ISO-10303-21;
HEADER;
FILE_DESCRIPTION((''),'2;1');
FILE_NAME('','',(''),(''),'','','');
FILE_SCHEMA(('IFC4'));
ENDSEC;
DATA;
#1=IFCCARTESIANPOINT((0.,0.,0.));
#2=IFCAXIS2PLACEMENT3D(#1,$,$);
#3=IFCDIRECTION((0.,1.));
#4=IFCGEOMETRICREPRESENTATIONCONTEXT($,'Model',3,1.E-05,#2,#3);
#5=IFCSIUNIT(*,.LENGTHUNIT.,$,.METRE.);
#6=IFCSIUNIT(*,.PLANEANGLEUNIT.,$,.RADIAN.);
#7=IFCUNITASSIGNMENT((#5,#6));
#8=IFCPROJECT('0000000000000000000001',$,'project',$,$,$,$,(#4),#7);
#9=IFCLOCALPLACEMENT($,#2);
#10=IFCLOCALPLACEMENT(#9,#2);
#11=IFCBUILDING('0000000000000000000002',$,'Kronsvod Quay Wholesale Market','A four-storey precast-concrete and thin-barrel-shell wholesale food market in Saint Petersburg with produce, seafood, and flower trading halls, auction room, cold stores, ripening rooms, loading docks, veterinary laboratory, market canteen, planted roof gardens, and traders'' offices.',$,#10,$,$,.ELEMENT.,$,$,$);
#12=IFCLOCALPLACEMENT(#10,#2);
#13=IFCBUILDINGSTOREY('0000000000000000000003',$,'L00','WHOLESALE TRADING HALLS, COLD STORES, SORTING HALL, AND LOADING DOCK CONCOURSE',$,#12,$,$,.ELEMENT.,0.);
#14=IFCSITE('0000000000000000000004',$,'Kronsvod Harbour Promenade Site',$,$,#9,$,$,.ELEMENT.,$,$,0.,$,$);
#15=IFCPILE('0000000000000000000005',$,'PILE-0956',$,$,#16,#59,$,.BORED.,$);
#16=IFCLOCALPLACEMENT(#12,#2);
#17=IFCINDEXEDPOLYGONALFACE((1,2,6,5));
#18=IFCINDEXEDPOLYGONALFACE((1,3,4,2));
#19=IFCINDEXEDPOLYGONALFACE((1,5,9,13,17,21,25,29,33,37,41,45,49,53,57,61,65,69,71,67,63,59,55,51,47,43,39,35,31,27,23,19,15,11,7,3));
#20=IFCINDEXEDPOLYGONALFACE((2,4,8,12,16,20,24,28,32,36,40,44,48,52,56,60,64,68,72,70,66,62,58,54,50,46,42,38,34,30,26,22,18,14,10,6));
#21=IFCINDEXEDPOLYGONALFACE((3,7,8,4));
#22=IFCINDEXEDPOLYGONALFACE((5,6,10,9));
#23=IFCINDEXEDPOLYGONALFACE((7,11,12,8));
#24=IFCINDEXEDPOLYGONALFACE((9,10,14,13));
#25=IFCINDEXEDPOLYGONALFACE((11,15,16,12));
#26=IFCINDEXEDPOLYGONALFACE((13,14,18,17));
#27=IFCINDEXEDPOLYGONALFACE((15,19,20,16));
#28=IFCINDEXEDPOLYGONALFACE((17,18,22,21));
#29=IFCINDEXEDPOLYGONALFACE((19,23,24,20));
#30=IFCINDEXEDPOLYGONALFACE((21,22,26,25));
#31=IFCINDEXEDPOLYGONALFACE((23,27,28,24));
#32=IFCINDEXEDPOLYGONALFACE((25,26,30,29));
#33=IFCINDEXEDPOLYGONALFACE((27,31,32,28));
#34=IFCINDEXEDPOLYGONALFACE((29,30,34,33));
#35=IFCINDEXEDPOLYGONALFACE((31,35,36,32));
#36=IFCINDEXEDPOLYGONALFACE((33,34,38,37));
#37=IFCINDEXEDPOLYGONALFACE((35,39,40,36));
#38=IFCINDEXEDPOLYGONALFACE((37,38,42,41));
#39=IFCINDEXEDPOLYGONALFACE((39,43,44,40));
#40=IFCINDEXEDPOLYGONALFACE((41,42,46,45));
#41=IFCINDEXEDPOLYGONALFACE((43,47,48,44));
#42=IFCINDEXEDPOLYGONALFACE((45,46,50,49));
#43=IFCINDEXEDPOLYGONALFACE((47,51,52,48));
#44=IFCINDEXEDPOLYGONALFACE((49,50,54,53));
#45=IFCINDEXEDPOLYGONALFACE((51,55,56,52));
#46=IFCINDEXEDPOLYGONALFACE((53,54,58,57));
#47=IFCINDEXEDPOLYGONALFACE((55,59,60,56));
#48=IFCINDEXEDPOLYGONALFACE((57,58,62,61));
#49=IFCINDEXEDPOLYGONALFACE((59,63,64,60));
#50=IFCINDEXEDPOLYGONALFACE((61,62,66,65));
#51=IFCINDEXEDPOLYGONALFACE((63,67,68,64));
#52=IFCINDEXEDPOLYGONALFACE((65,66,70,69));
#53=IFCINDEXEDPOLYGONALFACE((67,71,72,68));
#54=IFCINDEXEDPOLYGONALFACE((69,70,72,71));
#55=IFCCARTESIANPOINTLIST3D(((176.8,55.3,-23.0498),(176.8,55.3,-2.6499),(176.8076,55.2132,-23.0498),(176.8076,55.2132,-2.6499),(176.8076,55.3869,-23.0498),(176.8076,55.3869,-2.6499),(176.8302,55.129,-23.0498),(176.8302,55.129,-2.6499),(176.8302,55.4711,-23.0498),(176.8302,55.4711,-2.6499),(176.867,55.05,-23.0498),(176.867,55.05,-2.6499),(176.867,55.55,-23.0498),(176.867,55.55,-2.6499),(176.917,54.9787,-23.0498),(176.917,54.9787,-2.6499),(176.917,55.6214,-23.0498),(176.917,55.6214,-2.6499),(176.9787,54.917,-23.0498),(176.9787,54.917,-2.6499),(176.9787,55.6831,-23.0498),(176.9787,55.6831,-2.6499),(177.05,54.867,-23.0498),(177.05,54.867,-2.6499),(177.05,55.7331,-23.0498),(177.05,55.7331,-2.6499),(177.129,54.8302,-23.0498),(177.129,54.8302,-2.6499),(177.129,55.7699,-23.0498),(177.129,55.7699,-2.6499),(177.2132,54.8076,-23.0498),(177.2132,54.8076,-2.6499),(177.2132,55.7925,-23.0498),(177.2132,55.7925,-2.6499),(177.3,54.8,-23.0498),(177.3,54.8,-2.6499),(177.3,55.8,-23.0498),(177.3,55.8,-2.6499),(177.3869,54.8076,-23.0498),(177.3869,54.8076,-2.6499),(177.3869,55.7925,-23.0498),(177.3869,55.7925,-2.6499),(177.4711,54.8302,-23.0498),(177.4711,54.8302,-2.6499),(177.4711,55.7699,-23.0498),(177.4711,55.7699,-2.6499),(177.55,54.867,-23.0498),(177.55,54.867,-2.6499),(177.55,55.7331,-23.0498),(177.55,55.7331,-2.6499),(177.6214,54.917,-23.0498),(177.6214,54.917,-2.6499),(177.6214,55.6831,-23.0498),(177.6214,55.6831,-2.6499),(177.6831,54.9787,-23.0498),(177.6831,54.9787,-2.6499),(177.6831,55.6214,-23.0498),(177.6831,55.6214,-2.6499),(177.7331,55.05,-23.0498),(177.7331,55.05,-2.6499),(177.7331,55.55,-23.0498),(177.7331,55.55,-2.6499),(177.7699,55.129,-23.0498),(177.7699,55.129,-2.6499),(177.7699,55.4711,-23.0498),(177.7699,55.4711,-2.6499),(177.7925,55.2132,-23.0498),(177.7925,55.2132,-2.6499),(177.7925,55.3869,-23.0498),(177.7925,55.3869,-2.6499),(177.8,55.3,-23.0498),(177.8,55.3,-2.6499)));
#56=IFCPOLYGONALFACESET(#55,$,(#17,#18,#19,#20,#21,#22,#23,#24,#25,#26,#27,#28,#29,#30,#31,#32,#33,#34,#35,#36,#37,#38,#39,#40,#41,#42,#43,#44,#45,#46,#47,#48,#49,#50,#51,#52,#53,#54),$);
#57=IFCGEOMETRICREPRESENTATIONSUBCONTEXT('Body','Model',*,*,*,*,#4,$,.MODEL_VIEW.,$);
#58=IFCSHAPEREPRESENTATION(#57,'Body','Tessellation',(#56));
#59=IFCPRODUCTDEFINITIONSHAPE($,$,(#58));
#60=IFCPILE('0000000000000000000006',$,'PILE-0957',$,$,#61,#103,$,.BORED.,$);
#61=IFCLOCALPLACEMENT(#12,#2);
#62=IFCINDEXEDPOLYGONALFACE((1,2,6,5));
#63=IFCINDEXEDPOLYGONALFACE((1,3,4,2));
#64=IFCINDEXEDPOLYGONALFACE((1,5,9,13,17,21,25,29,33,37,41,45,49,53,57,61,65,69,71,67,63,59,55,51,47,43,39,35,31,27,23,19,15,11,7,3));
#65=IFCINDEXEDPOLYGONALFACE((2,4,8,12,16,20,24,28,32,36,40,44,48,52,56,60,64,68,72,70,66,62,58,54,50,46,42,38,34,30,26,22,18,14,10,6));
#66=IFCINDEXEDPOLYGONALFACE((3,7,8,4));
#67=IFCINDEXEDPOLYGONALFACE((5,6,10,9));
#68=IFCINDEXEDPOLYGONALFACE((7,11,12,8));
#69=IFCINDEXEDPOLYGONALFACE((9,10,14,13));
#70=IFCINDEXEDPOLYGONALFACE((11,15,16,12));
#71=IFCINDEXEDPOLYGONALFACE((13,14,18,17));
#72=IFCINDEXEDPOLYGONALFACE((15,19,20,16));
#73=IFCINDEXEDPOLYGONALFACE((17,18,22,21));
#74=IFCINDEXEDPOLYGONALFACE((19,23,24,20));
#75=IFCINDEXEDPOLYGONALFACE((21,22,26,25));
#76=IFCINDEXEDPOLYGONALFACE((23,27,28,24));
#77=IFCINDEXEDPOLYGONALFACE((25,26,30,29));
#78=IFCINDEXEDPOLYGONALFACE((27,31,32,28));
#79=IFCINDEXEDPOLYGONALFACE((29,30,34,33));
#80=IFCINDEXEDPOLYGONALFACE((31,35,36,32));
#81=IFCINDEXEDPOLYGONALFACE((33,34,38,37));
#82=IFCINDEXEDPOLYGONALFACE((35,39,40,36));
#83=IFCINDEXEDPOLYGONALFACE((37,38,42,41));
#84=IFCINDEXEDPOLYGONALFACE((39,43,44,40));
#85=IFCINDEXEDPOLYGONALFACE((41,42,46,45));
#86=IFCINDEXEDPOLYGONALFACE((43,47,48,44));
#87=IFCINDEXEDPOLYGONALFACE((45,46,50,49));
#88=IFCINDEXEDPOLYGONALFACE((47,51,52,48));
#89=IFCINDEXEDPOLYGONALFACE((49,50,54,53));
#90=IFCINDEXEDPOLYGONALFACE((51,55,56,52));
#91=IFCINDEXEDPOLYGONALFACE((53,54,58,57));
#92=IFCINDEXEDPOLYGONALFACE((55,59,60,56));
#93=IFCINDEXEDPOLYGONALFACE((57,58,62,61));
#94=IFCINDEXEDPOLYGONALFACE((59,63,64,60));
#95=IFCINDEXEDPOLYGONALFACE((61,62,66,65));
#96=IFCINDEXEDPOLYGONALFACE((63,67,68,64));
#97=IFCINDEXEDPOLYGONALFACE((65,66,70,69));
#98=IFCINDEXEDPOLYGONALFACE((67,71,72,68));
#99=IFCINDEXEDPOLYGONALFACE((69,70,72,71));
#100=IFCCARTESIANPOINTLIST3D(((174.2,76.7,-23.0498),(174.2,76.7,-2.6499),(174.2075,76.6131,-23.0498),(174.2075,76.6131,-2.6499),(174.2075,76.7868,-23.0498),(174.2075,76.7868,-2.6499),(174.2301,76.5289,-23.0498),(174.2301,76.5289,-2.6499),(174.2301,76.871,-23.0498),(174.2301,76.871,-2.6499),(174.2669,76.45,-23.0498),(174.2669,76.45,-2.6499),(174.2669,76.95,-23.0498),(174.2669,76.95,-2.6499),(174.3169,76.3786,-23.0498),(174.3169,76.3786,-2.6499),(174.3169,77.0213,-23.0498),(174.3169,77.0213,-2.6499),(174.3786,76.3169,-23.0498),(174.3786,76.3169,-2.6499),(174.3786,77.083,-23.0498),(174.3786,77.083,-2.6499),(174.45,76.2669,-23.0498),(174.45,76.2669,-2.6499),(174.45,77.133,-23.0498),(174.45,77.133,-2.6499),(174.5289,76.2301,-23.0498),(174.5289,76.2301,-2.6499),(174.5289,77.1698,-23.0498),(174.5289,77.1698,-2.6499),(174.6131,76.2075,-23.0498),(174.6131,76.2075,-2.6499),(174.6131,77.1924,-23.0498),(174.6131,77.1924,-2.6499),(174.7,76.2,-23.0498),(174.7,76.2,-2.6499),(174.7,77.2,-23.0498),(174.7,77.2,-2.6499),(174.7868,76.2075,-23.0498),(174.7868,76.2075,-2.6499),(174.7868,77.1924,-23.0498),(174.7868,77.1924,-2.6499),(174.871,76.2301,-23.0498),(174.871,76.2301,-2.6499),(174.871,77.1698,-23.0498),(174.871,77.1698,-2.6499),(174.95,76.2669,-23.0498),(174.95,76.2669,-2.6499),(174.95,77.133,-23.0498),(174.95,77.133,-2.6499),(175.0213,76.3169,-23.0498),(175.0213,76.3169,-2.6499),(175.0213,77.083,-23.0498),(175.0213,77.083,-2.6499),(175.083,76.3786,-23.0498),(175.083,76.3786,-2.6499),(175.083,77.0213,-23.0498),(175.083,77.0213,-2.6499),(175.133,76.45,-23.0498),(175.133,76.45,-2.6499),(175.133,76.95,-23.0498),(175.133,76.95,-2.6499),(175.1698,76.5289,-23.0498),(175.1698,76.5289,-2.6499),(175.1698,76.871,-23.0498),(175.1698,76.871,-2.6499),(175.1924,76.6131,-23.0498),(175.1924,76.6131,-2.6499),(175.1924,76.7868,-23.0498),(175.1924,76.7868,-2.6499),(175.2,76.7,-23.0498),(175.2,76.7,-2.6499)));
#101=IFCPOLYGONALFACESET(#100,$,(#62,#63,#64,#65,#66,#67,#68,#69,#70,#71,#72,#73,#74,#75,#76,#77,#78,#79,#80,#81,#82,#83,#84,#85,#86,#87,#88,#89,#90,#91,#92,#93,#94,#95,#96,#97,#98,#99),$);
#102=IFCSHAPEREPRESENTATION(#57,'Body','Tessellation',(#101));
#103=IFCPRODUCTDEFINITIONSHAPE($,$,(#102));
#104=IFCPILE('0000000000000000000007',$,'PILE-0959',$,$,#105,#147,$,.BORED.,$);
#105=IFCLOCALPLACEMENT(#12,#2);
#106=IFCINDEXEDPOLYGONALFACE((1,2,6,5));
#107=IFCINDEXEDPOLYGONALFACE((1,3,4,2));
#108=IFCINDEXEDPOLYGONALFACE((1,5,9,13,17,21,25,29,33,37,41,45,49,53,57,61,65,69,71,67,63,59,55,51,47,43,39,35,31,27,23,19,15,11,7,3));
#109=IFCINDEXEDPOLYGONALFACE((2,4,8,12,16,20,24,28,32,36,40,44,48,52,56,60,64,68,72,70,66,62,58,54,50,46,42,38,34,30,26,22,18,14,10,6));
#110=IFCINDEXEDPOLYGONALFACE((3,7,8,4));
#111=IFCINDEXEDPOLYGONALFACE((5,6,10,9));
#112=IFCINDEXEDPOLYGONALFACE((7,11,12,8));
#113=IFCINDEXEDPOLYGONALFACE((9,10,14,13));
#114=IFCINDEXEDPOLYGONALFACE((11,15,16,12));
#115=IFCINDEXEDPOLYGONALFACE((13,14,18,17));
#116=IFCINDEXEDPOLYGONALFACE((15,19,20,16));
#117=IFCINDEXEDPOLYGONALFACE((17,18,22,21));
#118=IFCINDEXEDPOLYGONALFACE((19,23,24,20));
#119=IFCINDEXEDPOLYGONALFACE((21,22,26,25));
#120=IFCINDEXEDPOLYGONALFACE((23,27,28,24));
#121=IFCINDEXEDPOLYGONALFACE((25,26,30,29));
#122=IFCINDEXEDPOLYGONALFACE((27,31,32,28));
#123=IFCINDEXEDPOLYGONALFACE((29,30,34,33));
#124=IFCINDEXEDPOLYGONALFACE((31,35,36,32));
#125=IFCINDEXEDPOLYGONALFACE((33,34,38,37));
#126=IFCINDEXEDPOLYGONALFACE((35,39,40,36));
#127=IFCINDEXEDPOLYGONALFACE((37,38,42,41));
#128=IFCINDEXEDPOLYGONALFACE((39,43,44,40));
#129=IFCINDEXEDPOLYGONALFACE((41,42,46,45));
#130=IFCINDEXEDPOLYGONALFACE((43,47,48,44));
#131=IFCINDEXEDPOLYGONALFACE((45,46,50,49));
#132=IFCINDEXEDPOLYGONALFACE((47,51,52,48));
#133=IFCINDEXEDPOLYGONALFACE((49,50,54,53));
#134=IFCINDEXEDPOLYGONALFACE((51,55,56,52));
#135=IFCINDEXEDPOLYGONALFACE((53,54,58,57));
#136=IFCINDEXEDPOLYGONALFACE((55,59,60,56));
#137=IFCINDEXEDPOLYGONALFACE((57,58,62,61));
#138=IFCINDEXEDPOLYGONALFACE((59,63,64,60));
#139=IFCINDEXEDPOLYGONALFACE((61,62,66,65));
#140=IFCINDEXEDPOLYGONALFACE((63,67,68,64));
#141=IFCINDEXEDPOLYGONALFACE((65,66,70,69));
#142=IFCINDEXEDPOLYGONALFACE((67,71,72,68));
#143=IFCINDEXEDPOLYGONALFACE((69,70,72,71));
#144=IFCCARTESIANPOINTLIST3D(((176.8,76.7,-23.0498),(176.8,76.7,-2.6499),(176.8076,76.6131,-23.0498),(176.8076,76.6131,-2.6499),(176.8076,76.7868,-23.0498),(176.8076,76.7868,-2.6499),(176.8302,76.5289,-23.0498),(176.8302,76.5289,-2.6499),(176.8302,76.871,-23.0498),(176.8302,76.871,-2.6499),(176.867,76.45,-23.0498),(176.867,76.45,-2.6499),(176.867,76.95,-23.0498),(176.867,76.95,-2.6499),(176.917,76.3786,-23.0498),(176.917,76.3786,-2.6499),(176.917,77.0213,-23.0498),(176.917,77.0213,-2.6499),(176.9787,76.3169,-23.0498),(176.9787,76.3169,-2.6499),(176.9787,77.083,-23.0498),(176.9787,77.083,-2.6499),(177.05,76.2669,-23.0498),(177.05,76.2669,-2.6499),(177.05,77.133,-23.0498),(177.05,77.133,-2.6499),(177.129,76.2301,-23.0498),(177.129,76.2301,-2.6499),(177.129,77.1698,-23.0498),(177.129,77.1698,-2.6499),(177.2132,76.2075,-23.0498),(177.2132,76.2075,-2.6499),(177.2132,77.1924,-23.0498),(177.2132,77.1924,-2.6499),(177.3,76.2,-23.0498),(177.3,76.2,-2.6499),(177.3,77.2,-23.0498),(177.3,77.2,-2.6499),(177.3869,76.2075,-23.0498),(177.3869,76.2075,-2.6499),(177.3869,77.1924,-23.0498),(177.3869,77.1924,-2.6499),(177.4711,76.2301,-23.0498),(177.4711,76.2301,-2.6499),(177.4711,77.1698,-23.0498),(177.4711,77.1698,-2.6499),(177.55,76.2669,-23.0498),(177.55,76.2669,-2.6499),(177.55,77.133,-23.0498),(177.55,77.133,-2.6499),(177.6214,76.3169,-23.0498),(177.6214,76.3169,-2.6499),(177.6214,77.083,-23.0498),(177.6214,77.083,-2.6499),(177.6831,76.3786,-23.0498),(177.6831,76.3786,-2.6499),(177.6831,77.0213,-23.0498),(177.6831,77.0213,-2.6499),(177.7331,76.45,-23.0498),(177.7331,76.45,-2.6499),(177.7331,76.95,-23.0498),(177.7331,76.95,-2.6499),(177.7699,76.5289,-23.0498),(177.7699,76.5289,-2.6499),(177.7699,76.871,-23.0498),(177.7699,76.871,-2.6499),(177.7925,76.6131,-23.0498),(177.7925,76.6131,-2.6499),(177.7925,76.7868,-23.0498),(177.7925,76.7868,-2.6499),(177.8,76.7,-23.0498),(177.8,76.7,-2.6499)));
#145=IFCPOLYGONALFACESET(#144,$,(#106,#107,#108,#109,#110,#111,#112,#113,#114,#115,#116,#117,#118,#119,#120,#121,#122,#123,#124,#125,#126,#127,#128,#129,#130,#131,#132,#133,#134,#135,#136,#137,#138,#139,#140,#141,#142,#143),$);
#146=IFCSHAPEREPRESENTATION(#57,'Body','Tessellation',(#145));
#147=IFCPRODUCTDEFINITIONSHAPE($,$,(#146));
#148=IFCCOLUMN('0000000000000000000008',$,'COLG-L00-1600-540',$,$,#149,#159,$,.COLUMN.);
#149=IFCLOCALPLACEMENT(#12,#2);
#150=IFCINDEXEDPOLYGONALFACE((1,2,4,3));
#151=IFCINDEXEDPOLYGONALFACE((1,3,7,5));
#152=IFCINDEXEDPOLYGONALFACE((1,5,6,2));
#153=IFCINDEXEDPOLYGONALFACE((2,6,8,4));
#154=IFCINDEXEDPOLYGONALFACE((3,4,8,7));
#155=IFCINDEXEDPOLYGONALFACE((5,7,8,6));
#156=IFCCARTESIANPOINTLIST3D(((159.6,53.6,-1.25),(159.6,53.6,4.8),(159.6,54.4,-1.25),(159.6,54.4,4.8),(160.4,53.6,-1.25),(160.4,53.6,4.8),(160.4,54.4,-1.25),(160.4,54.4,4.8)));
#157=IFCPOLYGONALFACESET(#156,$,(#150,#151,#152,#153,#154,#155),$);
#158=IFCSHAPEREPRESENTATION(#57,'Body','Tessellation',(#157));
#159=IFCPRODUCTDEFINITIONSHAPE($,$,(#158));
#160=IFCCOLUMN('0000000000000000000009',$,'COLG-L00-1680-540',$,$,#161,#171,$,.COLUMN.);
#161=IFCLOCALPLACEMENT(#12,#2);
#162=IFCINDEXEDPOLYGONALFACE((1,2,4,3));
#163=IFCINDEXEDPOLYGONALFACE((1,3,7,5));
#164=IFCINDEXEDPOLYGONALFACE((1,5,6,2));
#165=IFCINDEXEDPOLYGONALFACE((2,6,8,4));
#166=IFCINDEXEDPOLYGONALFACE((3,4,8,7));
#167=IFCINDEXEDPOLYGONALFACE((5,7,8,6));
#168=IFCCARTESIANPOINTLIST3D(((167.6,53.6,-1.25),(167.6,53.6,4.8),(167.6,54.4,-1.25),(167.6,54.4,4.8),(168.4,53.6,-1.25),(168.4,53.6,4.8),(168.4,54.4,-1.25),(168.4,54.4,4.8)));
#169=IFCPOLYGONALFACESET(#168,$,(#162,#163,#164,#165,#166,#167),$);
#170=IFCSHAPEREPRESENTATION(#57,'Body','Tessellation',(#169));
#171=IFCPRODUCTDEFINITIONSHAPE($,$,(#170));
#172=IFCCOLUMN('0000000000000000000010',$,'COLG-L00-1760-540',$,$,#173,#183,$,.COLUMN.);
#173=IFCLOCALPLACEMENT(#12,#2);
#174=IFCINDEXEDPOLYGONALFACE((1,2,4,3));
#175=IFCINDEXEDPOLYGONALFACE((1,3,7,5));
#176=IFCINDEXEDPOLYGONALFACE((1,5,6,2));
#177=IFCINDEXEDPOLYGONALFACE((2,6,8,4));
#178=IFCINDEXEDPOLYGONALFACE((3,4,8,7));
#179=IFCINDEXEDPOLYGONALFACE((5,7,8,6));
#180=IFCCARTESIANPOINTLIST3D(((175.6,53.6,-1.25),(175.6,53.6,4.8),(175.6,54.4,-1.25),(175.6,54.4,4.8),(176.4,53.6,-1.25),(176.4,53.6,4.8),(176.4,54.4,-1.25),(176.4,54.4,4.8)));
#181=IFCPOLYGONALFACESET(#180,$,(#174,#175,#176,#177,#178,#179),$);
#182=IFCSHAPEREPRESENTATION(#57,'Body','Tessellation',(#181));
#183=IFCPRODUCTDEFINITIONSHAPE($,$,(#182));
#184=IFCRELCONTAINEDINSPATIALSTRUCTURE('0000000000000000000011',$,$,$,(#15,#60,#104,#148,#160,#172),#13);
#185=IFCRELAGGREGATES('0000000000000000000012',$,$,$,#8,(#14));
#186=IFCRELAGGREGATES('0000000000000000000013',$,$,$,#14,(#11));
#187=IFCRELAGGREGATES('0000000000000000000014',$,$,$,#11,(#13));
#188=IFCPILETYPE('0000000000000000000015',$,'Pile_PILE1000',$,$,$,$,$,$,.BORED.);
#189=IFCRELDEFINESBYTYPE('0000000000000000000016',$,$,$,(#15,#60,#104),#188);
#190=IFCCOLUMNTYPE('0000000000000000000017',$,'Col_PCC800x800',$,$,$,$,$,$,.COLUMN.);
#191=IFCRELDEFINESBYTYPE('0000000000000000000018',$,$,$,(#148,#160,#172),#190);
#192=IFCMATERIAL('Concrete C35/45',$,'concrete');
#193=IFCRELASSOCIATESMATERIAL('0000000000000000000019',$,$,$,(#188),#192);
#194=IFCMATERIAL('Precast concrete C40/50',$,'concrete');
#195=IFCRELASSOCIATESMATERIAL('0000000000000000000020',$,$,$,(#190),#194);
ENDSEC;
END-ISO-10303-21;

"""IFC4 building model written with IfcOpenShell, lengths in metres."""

from ifc_helpers import new_model, si_unit, direction, frame, origin, origin_2d, place, context, subcontext, project, spatial, rectangle, circle, extrude, material, material_profile, profile_set, type_object, element, save


model = new_model("IFC4")

# Units and contexts
model_context = context("Model", 3, precision=1e-05, world=origin(), true_north=direction((0.0, 1.0)))
body_context = subcontext(model_context, "Body", "Model", "MODEL_VIEW")
ifc_project = project(units=[si_unit("LENGTHUNIT", "METRE"), si_unit("PLANEANGLEUNIT", "RADIAN")], contexts=[model_context])

# Site, building, storey
site_placement = place(None, origin())
site = spatial("IfcSite", under=ifc_project, at=site_placement, Name="Kronsvod Harbour Promenade Site", CompositionType="ELEMENT", RefElevation=0.0)
building_placement = place(site_placement, origin())
building = spatial("IfcBuilding", under=site, at=building_placement, Name="Kronsvod Quay Wholesale Market", Description="A four-storey precast-concrete and thin-barrel-shell wholesale food market in Saint Petersburg with produce, seafood, and flower trading halls, auction room, cold stores, ripening rooms, loading docks, veterinary laboratory, market canteen, planted roof gardens, and traders' offices.", CompositionType="ELEMENT")
storey_placement = place(building_placement, origin())
storey = spatial("IfcBuildingStorey", under=building, at=storey_placement, Name="L00", Description="WHOLESALE TRADING HALLS, COLD STORES, SORTING HALL, AND LOADING DOCK CONCOURSE", CompositionType="ELEMENT", Elevation=0.0)

# Piles
ifc_material_1 = material(Name="Concrete C35/45", Category="concrete")
ifc_material_profile_1 = material_profile(ifc_material_1, circle(Radius=0.5, at=origin_2d()), Name="PILE1000")
ifc_profile_set_1 = profile_set([ifc_material_profile_1], Name="Concrete C35/45")
pile_type = type_object("IfcPileType", Name="Pile_PILE1000", PredefinedType="BORED", material=ifc_profile_set_1)
for number, where, z_axis, x_axis, name in (
    (1, (177.3, 55.3, -2.6499), (0.0, 0.0, -1.0), (1.0, 0.0, 0.0), "PILE-0956"),
    (2, (174.7, 76.7, -2.6499), (0.0, 0.0, -1.0), (1.0, 0.0, 0.0), "PILE-0957"),
    (3, (177.3, 76.7, -2.6499), (0.0, 0.0, -1.0), (1.0, 0.0, 0.0), "PILE-0959"),
):
    element("IfcPile", number, at=place(storey_placement, frame(where, z_axis=z_axis, x_axis=x_axis)), inside=storey, type_object=pile_type, Name=name, PredefinedType="BORED", context=body_context, shape_type="SweptSolid", body=[
        extrude(circle(Radius=0.5, at=origin_2d()), origin(), (0.0, 0.0, 1.0), 20.3999),
    ])

# Columns
ifc_material_2 = material(Name="Precast concrete C40/50", Category="concrete")
ifc_material_profile_2 = material_profile(ifc_material_2, rectangle(XDim=0.8, YDim=0.8, at=origin_2d()), Name="PCC800x800")
ifc_profile_set_2 = profile_set([ifc_material_profile_2], Name="Precast concrete C40/50")
column_type = type_object("IfcColumnType", Name="Col_PCC800x800", PredefinedType="COLUMN", material=ifc_profile_set_2)
for number, where, z_axis, x_axis, name in (
    (4, (160.0, 54.0, -1.25), (0.0, 0.0, 1.0), (1.0, 0.0, 0.0), "COLG-L00-1600-540"),
    (5, (168.0, 54.0, -1.25), (0.0, 0.0, 1.0), (1.0, 0.0, 0.0), "COLG-L00-1680-540"),
    (6, (176.0, 54.0, -1.25), (0.0, 0.0, 1.0), (1.0, 0.0, 0.0), "COLG-L00-1760-540"),
):
    element("IfcColumn", number, at=place(storey_placement, frame(where, z_axis=z_axis, x_axis=x_axis)), inside=storey, type_object=column_type, Name=name, PredefinedType="COLUMN", context=body_context, shape_type="SweptSolid", body=[
        extrude(rectangle(XDim=0.8, YDim=0.8, at=origin_2d()), origin(), (0.0, 0.0, 1.0), 6.05),
    ])

save(model, "model.ifc")
